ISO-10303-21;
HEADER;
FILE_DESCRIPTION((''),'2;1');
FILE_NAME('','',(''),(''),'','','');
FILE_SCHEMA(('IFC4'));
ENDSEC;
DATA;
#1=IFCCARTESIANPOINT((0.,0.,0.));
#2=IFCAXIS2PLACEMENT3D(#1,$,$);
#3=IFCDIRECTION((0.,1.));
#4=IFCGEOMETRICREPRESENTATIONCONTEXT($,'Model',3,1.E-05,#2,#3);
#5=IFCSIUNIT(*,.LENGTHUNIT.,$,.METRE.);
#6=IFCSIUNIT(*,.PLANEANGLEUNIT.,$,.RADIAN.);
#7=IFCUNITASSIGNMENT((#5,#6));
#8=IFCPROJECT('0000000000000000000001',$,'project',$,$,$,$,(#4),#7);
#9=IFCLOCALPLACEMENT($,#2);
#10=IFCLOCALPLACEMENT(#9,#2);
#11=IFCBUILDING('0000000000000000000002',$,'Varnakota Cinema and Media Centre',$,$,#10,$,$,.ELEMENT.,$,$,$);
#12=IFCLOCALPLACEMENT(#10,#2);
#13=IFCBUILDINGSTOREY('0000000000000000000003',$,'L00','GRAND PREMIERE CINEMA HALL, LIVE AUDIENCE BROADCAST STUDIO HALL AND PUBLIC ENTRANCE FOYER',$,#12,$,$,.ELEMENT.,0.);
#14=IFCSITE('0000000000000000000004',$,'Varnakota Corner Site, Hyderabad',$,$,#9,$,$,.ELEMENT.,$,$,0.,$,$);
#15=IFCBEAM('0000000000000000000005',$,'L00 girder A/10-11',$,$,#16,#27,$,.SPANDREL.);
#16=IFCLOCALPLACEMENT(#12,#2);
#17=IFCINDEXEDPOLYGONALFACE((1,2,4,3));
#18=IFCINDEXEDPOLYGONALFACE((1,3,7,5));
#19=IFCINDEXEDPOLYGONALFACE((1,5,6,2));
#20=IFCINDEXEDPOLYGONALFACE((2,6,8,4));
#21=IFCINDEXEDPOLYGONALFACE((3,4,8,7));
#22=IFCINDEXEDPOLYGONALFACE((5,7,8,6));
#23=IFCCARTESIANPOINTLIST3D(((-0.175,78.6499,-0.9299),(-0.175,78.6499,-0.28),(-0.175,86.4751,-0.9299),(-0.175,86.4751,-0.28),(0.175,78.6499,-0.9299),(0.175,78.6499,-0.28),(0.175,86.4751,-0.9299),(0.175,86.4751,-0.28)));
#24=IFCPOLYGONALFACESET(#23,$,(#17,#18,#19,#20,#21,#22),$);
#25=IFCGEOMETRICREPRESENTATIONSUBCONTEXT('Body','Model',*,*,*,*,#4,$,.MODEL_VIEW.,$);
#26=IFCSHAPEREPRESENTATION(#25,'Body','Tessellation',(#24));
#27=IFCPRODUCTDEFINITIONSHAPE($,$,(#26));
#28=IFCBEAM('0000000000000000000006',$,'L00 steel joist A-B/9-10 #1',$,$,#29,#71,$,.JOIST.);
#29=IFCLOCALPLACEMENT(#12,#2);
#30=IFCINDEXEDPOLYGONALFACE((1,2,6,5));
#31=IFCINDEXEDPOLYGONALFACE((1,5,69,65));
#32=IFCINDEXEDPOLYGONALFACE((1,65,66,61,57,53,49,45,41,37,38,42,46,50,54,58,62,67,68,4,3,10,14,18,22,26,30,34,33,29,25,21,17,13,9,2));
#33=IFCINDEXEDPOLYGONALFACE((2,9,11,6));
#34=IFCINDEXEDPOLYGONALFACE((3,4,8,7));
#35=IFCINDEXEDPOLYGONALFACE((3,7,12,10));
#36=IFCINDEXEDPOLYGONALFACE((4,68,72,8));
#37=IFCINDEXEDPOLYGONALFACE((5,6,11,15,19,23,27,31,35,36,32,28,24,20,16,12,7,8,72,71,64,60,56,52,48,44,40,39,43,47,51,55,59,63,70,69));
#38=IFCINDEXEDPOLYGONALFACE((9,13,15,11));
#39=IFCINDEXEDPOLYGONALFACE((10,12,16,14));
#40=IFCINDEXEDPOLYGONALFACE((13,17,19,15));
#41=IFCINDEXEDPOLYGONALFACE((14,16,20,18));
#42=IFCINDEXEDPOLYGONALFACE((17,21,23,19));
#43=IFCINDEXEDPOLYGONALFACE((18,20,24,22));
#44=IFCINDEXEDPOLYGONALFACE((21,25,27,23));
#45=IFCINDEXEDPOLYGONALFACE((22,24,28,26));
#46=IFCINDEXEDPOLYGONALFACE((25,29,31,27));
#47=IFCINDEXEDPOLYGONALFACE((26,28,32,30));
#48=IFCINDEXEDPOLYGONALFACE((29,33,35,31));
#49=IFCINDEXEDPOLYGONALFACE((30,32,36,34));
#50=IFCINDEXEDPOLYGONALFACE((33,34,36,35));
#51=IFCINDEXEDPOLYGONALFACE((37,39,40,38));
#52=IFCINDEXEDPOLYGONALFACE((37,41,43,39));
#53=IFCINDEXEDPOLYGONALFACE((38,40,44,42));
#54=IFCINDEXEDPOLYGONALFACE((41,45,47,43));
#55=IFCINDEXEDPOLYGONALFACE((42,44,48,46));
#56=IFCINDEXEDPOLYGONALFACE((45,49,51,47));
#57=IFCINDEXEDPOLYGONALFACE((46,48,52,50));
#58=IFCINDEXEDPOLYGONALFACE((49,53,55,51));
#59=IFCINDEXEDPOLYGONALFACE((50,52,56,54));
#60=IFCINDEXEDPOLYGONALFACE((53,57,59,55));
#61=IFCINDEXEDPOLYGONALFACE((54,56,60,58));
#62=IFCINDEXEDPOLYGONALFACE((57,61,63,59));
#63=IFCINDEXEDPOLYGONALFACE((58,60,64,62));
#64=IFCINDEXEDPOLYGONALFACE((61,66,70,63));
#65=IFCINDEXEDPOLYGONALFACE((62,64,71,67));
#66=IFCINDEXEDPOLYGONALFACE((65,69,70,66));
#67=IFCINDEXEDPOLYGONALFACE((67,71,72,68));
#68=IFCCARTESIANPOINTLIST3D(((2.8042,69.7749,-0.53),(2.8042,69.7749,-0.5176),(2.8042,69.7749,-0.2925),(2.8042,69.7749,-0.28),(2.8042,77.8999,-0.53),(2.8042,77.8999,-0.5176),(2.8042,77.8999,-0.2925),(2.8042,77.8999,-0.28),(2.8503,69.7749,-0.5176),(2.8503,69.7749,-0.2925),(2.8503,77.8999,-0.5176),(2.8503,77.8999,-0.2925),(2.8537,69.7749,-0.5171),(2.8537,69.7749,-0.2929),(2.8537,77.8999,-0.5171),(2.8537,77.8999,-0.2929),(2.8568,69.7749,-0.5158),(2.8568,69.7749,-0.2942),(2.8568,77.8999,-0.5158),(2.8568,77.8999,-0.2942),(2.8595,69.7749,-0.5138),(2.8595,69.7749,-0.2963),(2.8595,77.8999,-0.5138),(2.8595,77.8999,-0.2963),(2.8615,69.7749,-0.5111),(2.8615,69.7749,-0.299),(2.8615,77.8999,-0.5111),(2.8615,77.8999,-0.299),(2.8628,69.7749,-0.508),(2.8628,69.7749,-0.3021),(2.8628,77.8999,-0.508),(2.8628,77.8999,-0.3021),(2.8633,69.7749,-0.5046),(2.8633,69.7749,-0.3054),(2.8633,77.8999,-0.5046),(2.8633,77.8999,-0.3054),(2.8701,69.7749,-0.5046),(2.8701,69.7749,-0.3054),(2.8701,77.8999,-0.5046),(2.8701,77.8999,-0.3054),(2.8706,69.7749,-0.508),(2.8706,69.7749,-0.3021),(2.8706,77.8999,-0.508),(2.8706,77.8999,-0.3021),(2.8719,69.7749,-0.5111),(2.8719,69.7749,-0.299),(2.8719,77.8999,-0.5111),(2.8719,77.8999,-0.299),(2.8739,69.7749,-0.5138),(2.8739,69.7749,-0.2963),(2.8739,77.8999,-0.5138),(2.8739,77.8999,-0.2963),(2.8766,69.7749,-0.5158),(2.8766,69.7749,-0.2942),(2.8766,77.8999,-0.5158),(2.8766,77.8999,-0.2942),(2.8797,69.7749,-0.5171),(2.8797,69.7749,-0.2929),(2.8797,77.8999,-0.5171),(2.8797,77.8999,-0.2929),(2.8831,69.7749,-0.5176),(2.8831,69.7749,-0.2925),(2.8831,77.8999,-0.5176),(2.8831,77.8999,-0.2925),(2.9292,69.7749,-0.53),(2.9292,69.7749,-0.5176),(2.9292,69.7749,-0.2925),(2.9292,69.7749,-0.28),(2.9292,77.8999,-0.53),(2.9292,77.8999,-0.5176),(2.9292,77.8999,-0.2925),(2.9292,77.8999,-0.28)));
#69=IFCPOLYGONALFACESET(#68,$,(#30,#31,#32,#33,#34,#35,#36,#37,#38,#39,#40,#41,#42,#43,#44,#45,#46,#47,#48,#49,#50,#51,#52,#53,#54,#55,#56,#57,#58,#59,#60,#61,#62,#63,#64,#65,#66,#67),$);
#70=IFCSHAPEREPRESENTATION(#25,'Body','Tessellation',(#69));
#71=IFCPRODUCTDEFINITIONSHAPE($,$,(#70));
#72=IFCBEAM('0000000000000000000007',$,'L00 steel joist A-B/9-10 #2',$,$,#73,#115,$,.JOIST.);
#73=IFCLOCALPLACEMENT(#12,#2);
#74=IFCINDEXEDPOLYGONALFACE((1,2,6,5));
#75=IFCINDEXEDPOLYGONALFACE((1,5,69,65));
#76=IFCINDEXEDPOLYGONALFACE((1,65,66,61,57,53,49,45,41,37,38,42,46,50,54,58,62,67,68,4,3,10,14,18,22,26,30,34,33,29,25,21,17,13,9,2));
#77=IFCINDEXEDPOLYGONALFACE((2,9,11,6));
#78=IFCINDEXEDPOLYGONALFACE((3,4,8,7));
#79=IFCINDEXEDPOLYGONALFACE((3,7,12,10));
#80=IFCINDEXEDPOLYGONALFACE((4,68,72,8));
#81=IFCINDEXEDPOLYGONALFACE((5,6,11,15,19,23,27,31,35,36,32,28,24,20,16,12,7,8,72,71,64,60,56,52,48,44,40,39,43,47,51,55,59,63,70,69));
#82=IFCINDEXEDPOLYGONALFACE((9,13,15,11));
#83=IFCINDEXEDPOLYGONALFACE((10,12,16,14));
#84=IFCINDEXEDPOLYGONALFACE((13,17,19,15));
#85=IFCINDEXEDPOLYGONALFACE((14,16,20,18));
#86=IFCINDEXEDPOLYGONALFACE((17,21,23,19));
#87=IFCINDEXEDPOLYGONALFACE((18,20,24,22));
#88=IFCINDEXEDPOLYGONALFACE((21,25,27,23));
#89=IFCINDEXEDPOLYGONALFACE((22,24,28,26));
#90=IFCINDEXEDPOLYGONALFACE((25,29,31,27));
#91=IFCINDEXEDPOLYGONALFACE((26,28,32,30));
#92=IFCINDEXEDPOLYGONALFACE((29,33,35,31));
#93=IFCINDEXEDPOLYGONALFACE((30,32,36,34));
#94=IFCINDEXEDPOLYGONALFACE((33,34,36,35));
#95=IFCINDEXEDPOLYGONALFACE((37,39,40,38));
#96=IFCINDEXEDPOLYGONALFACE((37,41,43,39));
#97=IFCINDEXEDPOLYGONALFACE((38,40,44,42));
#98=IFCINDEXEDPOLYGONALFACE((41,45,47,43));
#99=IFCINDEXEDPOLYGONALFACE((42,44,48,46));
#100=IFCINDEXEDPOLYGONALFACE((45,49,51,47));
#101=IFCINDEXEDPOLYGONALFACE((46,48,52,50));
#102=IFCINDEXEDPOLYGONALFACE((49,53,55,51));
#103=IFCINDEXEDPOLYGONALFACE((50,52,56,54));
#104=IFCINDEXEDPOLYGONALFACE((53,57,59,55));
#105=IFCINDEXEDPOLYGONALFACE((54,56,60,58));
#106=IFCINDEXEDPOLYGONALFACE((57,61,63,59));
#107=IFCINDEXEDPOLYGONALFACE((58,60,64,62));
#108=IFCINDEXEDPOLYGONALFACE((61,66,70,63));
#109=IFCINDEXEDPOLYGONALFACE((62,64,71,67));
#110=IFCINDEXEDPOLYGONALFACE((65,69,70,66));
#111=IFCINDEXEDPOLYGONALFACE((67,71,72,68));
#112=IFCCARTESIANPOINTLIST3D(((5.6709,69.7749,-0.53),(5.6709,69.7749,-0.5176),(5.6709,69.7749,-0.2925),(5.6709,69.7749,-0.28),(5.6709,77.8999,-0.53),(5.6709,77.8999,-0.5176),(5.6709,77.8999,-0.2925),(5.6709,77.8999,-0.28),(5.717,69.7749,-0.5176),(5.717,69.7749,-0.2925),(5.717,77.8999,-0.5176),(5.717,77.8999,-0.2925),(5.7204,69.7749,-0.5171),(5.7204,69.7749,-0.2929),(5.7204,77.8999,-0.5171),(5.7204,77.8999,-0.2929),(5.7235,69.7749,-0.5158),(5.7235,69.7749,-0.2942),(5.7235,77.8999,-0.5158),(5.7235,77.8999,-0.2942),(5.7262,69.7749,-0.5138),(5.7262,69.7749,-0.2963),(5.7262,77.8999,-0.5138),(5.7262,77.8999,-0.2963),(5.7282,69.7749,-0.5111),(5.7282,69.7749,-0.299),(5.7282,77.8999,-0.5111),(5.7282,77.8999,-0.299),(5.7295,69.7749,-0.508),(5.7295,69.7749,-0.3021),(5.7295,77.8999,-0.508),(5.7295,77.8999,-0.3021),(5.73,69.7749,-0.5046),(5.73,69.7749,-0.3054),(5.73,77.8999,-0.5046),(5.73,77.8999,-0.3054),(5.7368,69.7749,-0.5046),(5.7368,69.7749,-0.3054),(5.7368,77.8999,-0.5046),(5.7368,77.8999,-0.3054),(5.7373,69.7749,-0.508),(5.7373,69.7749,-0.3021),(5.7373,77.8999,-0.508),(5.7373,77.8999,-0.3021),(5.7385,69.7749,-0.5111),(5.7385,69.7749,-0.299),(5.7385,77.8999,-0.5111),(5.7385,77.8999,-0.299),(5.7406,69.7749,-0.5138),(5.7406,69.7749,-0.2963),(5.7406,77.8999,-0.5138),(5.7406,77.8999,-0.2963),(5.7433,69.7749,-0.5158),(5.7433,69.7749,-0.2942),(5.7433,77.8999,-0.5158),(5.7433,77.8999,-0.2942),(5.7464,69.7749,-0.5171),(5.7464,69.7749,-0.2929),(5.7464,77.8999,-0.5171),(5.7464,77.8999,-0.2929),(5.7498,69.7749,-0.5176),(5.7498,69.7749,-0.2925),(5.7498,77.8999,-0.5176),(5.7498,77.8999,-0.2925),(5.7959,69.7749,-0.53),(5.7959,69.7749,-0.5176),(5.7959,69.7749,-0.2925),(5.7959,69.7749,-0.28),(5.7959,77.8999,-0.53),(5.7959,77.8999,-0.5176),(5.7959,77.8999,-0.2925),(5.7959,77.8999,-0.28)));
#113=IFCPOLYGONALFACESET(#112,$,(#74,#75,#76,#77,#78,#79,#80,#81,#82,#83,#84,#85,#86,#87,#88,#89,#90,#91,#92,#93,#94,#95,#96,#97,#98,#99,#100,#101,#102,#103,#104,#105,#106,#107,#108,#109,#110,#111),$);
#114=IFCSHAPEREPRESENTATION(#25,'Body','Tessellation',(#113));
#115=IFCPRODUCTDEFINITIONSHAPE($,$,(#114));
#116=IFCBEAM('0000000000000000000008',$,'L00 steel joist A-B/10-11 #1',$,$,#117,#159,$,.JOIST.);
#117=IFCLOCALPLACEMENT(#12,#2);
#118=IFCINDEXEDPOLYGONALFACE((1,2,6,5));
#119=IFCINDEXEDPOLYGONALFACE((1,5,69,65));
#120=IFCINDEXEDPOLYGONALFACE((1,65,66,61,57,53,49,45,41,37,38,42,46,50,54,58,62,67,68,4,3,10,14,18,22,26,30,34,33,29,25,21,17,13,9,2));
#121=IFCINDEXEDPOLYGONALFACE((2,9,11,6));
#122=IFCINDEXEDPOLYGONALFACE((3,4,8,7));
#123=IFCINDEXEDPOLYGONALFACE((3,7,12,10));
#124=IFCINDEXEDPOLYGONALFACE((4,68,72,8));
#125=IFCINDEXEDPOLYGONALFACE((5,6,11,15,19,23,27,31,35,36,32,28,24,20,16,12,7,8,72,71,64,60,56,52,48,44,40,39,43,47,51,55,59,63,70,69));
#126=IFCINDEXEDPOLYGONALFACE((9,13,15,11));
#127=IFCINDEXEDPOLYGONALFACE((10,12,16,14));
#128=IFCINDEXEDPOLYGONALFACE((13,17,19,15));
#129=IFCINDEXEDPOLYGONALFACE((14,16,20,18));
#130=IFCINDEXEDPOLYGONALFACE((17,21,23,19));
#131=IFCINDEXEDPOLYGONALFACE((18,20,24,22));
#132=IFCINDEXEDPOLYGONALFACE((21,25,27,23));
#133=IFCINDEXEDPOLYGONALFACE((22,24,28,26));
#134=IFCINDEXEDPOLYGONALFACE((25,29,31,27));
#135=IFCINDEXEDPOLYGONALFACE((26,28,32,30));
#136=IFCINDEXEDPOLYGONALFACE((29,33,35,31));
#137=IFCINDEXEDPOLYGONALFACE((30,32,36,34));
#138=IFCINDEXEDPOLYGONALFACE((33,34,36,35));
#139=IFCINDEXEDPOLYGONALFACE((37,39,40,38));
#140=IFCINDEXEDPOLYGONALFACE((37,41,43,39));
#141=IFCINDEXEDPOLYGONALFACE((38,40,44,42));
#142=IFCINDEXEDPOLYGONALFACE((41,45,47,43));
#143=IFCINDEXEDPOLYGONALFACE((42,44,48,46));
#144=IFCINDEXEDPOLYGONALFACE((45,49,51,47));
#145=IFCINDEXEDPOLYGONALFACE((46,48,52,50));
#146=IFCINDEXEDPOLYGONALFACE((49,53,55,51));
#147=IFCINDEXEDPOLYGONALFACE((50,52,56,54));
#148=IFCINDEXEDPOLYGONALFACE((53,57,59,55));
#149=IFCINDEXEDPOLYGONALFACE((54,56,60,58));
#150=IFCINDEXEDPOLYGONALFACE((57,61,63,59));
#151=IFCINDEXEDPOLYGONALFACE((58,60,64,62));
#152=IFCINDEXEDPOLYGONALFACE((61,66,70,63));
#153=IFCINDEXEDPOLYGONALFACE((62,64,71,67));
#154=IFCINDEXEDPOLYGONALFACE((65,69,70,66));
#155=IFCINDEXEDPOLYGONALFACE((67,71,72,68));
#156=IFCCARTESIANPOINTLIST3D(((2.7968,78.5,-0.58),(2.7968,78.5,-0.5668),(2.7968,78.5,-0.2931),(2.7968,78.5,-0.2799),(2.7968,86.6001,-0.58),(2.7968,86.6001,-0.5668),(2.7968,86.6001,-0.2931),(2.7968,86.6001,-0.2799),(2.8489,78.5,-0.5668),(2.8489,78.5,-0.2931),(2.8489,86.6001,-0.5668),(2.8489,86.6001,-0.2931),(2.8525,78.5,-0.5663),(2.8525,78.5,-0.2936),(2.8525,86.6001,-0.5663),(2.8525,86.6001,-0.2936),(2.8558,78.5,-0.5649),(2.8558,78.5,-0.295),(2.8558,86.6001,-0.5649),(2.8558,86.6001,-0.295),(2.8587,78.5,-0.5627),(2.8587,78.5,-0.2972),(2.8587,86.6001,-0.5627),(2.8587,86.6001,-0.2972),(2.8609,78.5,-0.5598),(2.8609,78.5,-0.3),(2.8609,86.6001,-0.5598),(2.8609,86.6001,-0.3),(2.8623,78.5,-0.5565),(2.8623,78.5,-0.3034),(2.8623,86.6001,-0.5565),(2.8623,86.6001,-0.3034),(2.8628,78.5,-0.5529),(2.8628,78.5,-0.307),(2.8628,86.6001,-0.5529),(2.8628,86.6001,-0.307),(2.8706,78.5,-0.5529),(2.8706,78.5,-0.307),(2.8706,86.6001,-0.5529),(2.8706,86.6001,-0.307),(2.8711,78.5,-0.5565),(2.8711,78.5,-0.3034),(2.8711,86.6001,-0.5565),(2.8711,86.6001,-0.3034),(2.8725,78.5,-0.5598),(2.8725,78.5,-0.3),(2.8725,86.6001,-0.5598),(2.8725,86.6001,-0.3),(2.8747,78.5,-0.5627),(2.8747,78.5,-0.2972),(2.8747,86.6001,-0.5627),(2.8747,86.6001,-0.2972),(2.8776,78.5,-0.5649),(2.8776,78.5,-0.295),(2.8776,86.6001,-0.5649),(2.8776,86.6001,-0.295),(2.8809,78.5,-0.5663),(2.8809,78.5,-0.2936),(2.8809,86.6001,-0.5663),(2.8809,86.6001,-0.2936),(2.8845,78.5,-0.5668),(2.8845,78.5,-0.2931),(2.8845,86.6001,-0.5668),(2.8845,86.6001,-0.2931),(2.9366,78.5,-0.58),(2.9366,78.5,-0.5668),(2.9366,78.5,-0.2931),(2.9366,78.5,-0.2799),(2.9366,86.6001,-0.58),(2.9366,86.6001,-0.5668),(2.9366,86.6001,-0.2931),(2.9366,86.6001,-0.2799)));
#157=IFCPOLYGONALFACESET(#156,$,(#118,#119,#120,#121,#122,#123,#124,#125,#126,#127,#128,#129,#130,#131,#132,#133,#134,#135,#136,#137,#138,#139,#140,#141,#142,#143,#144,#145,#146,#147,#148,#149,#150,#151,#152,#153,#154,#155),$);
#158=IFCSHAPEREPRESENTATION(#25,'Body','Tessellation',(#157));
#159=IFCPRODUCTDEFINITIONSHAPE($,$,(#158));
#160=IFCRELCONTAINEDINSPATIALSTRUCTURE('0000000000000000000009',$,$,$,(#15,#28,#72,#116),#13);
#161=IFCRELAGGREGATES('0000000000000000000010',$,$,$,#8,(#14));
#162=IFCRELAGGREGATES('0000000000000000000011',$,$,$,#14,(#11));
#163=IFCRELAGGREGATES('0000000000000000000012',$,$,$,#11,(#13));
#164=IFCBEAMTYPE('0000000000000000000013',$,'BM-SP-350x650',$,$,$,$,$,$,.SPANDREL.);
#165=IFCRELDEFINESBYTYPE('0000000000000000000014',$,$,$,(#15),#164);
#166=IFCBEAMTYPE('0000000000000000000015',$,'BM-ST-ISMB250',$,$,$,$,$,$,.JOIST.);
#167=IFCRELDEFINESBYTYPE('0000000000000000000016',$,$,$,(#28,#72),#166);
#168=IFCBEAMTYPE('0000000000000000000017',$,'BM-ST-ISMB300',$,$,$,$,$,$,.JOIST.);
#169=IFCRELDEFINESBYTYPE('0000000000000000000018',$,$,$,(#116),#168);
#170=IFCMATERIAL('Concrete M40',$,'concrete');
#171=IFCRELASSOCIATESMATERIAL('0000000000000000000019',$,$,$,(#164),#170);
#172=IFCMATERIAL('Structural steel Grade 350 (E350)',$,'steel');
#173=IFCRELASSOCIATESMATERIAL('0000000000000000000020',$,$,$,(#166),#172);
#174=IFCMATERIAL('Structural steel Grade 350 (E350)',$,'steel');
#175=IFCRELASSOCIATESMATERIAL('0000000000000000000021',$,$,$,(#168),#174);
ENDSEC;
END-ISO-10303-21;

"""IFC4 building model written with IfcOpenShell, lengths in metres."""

from ifc_helpers import new_model, si_unit, direction, frame, origin, origin_2d, place, context, subcontext, project, spatial, rectangle, i_section, extrude, material, material_profile, profile_set, type_object, element, save


model = new_model("IFC4")

# Units and contexts
model_context = context("Model", 3, precision=1e-05, world=origin(), true_north=direction((0.0, 1.0)))
body_context = subcontext(model_context, "Body", "Model", "MODEL_VIEW")
ifc_project = project(units=[si_unit("LENGTHUNIT", "METRE"), si_unit("PLANEANGLEUNIT", "RADIAN")], contexts=[model_context])

# Site, building, storey
site_placement = place(None, origin())
site = spatial("IfcSite", under=ifc_project, at=site_placement, Name="Varnakota Corner Site, Hyderabad", CompositionType="ELEMENT", RefElevation=0.0)
building_placement = place(site_placement, origin())
building = spatial("IfcBuilding", under=site, at=building_placement, Name="Varnakota Cinema and Media Centre", CompositionType="ELEMENT")
storey_placement = place(building_placement, origin())
storey = spatial("IfcBuildingStorey", under=building, at=storey_placement, Name="L00", Description="GRAND PREMIERE CINEMA HALL, LIVE AUDIENCE BROADCAST STUDIO HALL AND PUBLIC ENTRANCE FOYER", CompositionType="ELEMENT", Elevation=0.0)

# Beams
ifc_material_1 = material(Name="Concrete M40", Category="concrete")
ifc_material_profile_1 = material_profile(ifc_material_1, rectangle(XDim=0.3501, YDim=0.6499, at=origin_2d()), Name="RCB 350x650")
ifc_profile_set_1 = profile_set([ifc_material_profile_1], Name="Concrete M40")
beam_type_1 = type_object("IfcBeamType", Name="BM-SP-350x650", PredefinedType="SPANDREL", material=ifc_profile_set_1)
beam_1_placement = place(storey_placement, frame((0.0, 78.6499, -0.605), z_axis=(0.0, 1.0, 0.0), x_axis=(-1.0, 0.0, 0.0)))
element("IfcBeam", 1, at=beam_1_placement, inside=storey, type_object=beam_type_1, Name="L00 girder A/10-11", PredefinedType="SPANDREL", context=body_context, shape_type="SweptSolid", body=[
    extrude(rectangle(XDim=0.3501, YDim=0.6499, at=origin_2d()), origin(), (0.0, 0.0, 1.0), 7.8252),
])
ifc_material_2 = material(Name="Structural steel Grade 350 (E350)", Category="steel")
ifc_material_profile_2 = material_profile(ifc_material_2, i_section(OverallWidth=0.125, OverallDepth=0.25, WebThickness=0.0068, FlangeThickness=0.0125, FilletRadius=0.0129, at=origin_2d()), Name="ISMB 250")
ifc_profile_set_2 = profile_set([ifc_material_profile_2], Name="Structural steel Grade 350 (E350)")
beam_type_2 = type_object("IfcBeamType", Name="BM-ST-ISMB250", PredefinedType="JOIST", material=ifc_profile_set_2)
for number, where, z_axis, x_axis, name in (
    (2, (2.8667, 69.7749, -0.405), (0.0, 1.0, 0.0), (-1.0, 0.0, 0.0), "L00 steel joist A-B/9-10 #1"),
    (3, (5.7334, 69.7749, -0.405), (0.0, 1.0, 0.0), (-1.0, 0.0, 0.0), "L00 steel joist A-B/9-10 #2"),
):
    element("IfcBeam", number, at=place(storey_placement, frame(where, z_axis=z_axis, x_axis=x_axis)), inside=storey, type_object=beam_type_2, Name=name, PredefinedType="JOIST", context=body_context, shape_type="SweptSolid", body=[
        extrude(i_section(OverallWidth=0.125, OverallDepth=0.25, WebThickness=0.0068, FlangeThickness=0.0125, FilletRadius=0.0129, at=origin_2d()), origin(), (0.0, 0.0, 1.0), 8.125),
    ])
ifc_material_3 = material(Name="Structural steel Grade 350 (E350)", Category="steel")
ifc_material_profile_3 = material_profile(ifc_material_3, i_section(OverallWidth=0.1399, OverallDepth=0.3, WebThickness=0.0078, FlangeThickness=0.0132, FilletRadius=0.0139, at=origin_2d()), Name="ISMB 300")
ifc_profile_set_3 = profile_set([ifc_material_profile_3], Name="Structural steel Grade 350 (E350)")
beam_type_3 = type_object("IfcBeamType", Name="BM-ST-ISMB300", PredefinedType="JOIST", material=ifc_profile_set_3)
for number, where, z_axis, x_axis, name in (
    (4, (2.8667, 78.5, -0.4299), (0.0, 1.0, 0.0), (-1.0, 0.0, 0.0), "L00 steel joist A-B/10-11 #1"),
):
    element("IfcBeam", number, at=place(storey_placement, frame(where, z_axis=z_axis, x_axis=x_axis)), inside=storey, type_object=beam_type_3, Name=name, PredefinedType="JOIST", context=body_context, shape_type="SweptSolid", body=[
        extrude(i_section(OverallWidth=0.1399, OverallDepth=0.3, WebThickness=0.0078, FlangeThickness=0.0132, FilletRadius=0.0139, at=origin_2d()), origin(), (0.0, 0.0, 1.0), 8.1001),
    ])

save(model, "model.ifc")
